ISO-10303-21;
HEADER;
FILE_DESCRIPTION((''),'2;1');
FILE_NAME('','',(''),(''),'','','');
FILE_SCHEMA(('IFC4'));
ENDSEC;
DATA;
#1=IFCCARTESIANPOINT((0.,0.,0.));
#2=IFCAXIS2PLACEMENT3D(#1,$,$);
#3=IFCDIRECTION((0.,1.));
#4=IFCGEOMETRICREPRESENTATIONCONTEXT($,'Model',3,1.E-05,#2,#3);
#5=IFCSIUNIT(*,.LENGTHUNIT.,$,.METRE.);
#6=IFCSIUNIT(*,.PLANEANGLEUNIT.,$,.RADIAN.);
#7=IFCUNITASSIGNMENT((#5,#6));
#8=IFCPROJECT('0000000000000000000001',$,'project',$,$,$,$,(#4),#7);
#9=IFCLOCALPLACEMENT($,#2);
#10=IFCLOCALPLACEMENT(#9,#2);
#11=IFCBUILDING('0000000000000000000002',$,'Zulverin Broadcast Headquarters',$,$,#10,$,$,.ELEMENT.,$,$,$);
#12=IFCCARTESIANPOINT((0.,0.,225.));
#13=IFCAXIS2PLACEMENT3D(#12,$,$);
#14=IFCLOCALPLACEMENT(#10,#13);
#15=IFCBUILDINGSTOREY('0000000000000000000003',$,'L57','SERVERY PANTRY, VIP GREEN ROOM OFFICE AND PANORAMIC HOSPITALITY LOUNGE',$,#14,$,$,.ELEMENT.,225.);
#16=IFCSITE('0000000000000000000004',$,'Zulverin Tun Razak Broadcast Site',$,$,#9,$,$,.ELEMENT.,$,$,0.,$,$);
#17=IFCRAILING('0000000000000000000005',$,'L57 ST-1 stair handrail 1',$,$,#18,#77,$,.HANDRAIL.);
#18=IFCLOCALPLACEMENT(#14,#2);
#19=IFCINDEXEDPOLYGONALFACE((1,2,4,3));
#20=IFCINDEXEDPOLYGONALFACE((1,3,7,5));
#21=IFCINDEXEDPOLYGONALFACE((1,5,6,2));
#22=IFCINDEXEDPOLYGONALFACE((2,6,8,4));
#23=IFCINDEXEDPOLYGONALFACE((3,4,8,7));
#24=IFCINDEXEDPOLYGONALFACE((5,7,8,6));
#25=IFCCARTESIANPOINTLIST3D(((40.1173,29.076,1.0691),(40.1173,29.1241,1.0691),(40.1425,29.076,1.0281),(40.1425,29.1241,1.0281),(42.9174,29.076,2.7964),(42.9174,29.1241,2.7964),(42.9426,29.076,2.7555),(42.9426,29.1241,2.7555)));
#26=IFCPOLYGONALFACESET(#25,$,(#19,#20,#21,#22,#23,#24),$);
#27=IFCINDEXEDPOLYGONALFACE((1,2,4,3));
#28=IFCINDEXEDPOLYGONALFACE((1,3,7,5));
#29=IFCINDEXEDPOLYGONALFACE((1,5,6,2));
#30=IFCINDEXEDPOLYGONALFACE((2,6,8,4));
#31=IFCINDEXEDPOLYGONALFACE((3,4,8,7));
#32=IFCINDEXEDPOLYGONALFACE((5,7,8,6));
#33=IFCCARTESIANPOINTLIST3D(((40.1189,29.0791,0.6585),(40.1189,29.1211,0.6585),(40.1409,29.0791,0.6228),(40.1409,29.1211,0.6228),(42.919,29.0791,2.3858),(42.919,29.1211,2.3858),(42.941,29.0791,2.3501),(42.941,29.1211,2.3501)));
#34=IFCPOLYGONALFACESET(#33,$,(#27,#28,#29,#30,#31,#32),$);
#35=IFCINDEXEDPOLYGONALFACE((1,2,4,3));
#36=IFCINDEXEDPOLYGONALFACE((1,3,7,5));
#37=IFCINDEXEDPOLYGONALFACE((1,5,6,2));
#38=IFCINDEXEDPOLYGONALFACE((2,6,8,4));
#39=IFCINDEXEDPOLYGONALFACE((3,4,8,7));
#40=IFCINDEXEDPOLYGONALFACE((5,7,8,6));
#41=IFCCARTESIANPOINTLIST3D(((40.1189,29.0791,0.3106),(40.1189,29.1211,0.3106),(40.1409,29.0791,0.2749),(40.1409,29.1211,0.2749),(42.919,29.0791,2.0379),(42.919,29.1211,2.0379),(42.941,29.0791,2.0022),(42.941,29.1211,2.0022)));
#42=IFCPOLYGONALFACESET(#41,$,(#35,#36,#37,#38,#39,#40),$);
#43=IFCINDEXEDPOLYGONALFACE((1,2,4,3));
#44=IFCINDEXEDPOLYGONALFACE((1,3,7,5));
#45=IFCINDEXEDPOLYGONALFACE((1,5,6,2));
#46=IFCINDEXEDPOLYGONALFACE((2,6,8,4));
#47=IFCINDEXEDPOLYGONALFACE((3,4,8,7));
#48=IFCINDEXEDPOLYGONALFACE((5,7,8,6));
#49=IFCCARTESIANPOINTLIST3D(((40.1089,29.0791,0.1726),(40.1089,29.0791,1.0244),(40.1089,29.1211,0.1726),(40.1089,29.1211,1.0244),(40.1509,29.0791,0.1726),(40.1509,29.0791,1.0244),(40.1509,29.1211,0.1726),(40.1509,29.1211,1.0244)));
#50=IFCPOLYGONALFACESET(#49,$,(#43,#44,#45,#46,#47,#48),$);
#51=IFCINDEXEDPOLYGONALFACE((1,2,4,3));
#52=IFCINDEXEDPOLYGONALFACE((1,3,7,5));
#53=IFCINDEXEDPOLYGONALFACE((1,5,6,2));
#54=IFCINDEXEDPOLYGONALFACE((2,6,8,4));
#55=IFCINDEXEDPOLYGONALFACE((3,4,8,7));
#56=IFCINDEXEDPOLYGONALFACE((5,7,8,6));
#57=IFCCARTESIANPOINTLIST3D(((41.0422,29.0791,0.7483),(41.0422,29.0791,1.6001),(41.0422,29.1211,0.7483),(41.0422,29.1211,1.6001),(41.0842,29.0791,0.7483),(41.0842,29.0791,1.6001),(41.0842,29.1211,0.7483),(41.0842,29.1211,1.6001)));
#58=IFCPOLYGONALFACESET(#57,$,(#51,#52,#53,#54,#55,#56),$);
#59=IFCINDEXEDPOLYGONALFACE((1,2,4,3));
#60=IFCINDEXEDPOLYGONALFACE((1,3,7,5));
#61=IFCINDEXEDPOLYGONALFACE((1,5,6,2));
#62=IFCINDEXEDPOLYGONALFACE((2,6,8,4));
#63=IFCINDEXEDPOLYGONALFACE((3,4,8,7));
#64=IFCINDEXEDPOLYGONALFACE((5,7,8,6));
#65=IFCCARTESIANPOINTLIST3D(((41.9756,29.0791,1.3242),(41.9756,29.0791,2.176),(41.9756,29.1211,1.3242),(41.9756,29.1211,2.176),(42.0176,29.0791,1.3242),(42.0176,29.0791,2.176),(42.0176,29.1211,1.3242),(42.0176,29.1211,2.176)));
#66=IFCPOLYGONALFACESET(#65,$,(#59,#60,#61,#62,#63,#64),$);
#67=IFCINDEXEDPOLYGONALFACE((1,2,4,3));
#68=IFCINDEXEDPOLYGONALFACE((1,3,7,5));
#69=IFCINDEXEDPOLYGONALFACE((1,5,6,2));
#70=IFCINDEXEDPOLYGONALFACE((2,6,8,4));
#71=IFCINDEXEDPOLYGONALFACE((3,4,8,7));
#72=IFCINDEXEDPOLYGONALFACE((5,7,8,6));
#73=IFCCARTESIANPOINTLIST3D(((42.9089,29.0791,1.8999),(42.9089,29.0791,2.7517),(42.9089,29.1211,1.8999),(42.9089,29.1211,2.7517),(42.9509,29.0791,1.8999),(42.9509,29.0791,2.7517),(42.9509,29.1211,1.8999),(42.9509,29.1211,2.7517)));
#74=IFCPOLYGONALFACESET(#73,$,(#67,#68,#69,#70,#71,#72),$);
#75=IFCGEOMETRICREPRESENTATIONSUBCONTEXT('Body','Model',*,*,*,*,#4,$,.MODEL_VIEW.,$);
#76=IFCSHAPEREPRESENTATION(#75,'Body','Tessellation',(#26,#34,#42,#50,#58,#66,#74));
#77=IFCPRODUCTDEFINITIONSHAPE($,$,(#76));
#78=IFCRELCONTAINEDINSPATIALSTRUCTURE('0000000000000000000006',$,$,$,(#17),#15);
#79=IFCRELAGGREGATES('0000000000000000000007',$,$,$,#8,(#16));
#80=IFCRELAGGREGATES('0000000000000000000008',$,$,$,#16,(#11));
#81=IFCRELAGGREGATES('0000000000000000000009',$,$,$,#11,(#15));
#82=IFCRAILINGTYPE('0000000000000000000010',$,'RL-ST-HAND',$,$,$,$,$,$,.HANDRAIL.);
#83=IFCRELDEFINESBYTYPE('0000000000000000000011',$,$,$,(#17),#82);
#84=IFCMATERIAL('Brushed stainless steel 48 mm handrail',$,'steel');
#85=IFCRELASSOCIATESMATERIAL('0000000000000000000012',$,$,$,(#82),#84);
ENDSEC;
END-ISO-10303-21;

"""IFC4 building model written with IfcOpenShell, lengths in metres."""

from ifc_helpers import new_model, si_unit, direction, frame, origin, origin_2d, place, context, subcontext, project, spatial, rectangle, extrude, material, type_object, element, save


model = new_model("IFC4")

# Units and contexts
model_context = context("Model", 3, precision=1e-05, world=origin(), true_north=direction((0.0, 1.0)))
body_context = subcontext(model_context, "Body", "Model", "MODEL_VIEW")
ifc_project = project(units=[si_unit("LENGTHUNIT", "METRE"), si_unit("PLANEANGLEUNIT", "RADIAN")], contexts=[model_context])

# Site, building, storey
site_placement = place(None, origin())
site = spatial("IfcSite", under=ifc_project, at=site_placement, Name="Zulverin Tun Razak Broadcast Site", CompositionType="ELEMENT", RefElevation=0.0)
building_placement = place(site_placement, origin())
building = spatial("IfcBuilding", under=site, at=building_placement, Name="Zulverin Broadcast Headquarters", CompositionType="ELEMENT")
storey_placement = place(building_placement, frame((0.0, 0.0, 225.0)))
storey = spatial("IfcBuildingStorey", under=building, at=storey_placement, Name="L57", Description="SERVERY PANTRY, VIP GREEN ROOM OFFICE AND PANORAMIC HOSPITALITY LOUNGE", CompositionType="ELEMENT", Elevation=225.0)

# Railing
ifc_material_1 = material(Name="Brushed stainless steel 48 mm handrail", Category="steel")
railing_type_1 = type_object("IfcRailingType", Name="RL-ST-HAND", PredefinedType="HANDRAIL", material=ifc_material_1)
railing_1_placement = place(storey_placement, frame((40.1299, 29.1001, 0.1726)))
element("IfcRailing", 1, at=railing_1_placement, inside=storey, type_object=railing_type_1, Name="L57 ST-1 stair handrail 1", PredefinedType="HANDRAIL", context=body_context, shape_type="SweptSolid", body=[
    extrude(rectangle(XDim=0.0481, YDim=0.0481, at=origin_2d()), frame((0.0, 0.0, 0.876), z_axis=(0.85109, 0.0, 0.52502), x_axis=(0.0, 1.0, 0.0)), (0.0, 0.0, 1.0), 3.29),
    extrude(rectangle(XDim=0.042, YDim=0.042, at=origin_2d()), frame((0.0, 0.0, 0.468), z_axis=(0.85109, 0.0, 0.52502), x_axis=(0.0, 1.0, 0.0)), (0.0, 0.0, 1.0), 3.29),
    extrude(rectangle(XDim=0.042, YDim=0.042, at=origin_2d()), frame((0.0, 0.0, 0.1201), z_axis=(0.85109, 0.0, 0.52502), x_axis=(0.0, 1.0, 0.0)), (0.0, 0.0, 1.0), 3.29),
    extrude(rectangle(XDim=0.042, YDim=0.042, at=origin_2d()), origin(), (0.0, 0.0, 1.0), 0.8518),
    extrude(rectangle(XDim=0.042, YDim=0.042, at=origin_2d()), frame((0.9333, 0.0, 0.5757)), (0.0, 0.0, 1.0), 0.8518),
    extrude(rectangle(XDim=0.042, YDim=0.042, at=origin_2d()), frame((1.8667, 0.0, 1.1516)), (0.0, 0.0, 1.0), 0.8518),
    extrude(rectangle(XDim=0.042, YDim=0.042, at=origin_2d()), frame((2.8, 0.0, 1.7273)), (0.0, 0.0, 1.0), 0.8518),
])

save(model, "model.ifc")
